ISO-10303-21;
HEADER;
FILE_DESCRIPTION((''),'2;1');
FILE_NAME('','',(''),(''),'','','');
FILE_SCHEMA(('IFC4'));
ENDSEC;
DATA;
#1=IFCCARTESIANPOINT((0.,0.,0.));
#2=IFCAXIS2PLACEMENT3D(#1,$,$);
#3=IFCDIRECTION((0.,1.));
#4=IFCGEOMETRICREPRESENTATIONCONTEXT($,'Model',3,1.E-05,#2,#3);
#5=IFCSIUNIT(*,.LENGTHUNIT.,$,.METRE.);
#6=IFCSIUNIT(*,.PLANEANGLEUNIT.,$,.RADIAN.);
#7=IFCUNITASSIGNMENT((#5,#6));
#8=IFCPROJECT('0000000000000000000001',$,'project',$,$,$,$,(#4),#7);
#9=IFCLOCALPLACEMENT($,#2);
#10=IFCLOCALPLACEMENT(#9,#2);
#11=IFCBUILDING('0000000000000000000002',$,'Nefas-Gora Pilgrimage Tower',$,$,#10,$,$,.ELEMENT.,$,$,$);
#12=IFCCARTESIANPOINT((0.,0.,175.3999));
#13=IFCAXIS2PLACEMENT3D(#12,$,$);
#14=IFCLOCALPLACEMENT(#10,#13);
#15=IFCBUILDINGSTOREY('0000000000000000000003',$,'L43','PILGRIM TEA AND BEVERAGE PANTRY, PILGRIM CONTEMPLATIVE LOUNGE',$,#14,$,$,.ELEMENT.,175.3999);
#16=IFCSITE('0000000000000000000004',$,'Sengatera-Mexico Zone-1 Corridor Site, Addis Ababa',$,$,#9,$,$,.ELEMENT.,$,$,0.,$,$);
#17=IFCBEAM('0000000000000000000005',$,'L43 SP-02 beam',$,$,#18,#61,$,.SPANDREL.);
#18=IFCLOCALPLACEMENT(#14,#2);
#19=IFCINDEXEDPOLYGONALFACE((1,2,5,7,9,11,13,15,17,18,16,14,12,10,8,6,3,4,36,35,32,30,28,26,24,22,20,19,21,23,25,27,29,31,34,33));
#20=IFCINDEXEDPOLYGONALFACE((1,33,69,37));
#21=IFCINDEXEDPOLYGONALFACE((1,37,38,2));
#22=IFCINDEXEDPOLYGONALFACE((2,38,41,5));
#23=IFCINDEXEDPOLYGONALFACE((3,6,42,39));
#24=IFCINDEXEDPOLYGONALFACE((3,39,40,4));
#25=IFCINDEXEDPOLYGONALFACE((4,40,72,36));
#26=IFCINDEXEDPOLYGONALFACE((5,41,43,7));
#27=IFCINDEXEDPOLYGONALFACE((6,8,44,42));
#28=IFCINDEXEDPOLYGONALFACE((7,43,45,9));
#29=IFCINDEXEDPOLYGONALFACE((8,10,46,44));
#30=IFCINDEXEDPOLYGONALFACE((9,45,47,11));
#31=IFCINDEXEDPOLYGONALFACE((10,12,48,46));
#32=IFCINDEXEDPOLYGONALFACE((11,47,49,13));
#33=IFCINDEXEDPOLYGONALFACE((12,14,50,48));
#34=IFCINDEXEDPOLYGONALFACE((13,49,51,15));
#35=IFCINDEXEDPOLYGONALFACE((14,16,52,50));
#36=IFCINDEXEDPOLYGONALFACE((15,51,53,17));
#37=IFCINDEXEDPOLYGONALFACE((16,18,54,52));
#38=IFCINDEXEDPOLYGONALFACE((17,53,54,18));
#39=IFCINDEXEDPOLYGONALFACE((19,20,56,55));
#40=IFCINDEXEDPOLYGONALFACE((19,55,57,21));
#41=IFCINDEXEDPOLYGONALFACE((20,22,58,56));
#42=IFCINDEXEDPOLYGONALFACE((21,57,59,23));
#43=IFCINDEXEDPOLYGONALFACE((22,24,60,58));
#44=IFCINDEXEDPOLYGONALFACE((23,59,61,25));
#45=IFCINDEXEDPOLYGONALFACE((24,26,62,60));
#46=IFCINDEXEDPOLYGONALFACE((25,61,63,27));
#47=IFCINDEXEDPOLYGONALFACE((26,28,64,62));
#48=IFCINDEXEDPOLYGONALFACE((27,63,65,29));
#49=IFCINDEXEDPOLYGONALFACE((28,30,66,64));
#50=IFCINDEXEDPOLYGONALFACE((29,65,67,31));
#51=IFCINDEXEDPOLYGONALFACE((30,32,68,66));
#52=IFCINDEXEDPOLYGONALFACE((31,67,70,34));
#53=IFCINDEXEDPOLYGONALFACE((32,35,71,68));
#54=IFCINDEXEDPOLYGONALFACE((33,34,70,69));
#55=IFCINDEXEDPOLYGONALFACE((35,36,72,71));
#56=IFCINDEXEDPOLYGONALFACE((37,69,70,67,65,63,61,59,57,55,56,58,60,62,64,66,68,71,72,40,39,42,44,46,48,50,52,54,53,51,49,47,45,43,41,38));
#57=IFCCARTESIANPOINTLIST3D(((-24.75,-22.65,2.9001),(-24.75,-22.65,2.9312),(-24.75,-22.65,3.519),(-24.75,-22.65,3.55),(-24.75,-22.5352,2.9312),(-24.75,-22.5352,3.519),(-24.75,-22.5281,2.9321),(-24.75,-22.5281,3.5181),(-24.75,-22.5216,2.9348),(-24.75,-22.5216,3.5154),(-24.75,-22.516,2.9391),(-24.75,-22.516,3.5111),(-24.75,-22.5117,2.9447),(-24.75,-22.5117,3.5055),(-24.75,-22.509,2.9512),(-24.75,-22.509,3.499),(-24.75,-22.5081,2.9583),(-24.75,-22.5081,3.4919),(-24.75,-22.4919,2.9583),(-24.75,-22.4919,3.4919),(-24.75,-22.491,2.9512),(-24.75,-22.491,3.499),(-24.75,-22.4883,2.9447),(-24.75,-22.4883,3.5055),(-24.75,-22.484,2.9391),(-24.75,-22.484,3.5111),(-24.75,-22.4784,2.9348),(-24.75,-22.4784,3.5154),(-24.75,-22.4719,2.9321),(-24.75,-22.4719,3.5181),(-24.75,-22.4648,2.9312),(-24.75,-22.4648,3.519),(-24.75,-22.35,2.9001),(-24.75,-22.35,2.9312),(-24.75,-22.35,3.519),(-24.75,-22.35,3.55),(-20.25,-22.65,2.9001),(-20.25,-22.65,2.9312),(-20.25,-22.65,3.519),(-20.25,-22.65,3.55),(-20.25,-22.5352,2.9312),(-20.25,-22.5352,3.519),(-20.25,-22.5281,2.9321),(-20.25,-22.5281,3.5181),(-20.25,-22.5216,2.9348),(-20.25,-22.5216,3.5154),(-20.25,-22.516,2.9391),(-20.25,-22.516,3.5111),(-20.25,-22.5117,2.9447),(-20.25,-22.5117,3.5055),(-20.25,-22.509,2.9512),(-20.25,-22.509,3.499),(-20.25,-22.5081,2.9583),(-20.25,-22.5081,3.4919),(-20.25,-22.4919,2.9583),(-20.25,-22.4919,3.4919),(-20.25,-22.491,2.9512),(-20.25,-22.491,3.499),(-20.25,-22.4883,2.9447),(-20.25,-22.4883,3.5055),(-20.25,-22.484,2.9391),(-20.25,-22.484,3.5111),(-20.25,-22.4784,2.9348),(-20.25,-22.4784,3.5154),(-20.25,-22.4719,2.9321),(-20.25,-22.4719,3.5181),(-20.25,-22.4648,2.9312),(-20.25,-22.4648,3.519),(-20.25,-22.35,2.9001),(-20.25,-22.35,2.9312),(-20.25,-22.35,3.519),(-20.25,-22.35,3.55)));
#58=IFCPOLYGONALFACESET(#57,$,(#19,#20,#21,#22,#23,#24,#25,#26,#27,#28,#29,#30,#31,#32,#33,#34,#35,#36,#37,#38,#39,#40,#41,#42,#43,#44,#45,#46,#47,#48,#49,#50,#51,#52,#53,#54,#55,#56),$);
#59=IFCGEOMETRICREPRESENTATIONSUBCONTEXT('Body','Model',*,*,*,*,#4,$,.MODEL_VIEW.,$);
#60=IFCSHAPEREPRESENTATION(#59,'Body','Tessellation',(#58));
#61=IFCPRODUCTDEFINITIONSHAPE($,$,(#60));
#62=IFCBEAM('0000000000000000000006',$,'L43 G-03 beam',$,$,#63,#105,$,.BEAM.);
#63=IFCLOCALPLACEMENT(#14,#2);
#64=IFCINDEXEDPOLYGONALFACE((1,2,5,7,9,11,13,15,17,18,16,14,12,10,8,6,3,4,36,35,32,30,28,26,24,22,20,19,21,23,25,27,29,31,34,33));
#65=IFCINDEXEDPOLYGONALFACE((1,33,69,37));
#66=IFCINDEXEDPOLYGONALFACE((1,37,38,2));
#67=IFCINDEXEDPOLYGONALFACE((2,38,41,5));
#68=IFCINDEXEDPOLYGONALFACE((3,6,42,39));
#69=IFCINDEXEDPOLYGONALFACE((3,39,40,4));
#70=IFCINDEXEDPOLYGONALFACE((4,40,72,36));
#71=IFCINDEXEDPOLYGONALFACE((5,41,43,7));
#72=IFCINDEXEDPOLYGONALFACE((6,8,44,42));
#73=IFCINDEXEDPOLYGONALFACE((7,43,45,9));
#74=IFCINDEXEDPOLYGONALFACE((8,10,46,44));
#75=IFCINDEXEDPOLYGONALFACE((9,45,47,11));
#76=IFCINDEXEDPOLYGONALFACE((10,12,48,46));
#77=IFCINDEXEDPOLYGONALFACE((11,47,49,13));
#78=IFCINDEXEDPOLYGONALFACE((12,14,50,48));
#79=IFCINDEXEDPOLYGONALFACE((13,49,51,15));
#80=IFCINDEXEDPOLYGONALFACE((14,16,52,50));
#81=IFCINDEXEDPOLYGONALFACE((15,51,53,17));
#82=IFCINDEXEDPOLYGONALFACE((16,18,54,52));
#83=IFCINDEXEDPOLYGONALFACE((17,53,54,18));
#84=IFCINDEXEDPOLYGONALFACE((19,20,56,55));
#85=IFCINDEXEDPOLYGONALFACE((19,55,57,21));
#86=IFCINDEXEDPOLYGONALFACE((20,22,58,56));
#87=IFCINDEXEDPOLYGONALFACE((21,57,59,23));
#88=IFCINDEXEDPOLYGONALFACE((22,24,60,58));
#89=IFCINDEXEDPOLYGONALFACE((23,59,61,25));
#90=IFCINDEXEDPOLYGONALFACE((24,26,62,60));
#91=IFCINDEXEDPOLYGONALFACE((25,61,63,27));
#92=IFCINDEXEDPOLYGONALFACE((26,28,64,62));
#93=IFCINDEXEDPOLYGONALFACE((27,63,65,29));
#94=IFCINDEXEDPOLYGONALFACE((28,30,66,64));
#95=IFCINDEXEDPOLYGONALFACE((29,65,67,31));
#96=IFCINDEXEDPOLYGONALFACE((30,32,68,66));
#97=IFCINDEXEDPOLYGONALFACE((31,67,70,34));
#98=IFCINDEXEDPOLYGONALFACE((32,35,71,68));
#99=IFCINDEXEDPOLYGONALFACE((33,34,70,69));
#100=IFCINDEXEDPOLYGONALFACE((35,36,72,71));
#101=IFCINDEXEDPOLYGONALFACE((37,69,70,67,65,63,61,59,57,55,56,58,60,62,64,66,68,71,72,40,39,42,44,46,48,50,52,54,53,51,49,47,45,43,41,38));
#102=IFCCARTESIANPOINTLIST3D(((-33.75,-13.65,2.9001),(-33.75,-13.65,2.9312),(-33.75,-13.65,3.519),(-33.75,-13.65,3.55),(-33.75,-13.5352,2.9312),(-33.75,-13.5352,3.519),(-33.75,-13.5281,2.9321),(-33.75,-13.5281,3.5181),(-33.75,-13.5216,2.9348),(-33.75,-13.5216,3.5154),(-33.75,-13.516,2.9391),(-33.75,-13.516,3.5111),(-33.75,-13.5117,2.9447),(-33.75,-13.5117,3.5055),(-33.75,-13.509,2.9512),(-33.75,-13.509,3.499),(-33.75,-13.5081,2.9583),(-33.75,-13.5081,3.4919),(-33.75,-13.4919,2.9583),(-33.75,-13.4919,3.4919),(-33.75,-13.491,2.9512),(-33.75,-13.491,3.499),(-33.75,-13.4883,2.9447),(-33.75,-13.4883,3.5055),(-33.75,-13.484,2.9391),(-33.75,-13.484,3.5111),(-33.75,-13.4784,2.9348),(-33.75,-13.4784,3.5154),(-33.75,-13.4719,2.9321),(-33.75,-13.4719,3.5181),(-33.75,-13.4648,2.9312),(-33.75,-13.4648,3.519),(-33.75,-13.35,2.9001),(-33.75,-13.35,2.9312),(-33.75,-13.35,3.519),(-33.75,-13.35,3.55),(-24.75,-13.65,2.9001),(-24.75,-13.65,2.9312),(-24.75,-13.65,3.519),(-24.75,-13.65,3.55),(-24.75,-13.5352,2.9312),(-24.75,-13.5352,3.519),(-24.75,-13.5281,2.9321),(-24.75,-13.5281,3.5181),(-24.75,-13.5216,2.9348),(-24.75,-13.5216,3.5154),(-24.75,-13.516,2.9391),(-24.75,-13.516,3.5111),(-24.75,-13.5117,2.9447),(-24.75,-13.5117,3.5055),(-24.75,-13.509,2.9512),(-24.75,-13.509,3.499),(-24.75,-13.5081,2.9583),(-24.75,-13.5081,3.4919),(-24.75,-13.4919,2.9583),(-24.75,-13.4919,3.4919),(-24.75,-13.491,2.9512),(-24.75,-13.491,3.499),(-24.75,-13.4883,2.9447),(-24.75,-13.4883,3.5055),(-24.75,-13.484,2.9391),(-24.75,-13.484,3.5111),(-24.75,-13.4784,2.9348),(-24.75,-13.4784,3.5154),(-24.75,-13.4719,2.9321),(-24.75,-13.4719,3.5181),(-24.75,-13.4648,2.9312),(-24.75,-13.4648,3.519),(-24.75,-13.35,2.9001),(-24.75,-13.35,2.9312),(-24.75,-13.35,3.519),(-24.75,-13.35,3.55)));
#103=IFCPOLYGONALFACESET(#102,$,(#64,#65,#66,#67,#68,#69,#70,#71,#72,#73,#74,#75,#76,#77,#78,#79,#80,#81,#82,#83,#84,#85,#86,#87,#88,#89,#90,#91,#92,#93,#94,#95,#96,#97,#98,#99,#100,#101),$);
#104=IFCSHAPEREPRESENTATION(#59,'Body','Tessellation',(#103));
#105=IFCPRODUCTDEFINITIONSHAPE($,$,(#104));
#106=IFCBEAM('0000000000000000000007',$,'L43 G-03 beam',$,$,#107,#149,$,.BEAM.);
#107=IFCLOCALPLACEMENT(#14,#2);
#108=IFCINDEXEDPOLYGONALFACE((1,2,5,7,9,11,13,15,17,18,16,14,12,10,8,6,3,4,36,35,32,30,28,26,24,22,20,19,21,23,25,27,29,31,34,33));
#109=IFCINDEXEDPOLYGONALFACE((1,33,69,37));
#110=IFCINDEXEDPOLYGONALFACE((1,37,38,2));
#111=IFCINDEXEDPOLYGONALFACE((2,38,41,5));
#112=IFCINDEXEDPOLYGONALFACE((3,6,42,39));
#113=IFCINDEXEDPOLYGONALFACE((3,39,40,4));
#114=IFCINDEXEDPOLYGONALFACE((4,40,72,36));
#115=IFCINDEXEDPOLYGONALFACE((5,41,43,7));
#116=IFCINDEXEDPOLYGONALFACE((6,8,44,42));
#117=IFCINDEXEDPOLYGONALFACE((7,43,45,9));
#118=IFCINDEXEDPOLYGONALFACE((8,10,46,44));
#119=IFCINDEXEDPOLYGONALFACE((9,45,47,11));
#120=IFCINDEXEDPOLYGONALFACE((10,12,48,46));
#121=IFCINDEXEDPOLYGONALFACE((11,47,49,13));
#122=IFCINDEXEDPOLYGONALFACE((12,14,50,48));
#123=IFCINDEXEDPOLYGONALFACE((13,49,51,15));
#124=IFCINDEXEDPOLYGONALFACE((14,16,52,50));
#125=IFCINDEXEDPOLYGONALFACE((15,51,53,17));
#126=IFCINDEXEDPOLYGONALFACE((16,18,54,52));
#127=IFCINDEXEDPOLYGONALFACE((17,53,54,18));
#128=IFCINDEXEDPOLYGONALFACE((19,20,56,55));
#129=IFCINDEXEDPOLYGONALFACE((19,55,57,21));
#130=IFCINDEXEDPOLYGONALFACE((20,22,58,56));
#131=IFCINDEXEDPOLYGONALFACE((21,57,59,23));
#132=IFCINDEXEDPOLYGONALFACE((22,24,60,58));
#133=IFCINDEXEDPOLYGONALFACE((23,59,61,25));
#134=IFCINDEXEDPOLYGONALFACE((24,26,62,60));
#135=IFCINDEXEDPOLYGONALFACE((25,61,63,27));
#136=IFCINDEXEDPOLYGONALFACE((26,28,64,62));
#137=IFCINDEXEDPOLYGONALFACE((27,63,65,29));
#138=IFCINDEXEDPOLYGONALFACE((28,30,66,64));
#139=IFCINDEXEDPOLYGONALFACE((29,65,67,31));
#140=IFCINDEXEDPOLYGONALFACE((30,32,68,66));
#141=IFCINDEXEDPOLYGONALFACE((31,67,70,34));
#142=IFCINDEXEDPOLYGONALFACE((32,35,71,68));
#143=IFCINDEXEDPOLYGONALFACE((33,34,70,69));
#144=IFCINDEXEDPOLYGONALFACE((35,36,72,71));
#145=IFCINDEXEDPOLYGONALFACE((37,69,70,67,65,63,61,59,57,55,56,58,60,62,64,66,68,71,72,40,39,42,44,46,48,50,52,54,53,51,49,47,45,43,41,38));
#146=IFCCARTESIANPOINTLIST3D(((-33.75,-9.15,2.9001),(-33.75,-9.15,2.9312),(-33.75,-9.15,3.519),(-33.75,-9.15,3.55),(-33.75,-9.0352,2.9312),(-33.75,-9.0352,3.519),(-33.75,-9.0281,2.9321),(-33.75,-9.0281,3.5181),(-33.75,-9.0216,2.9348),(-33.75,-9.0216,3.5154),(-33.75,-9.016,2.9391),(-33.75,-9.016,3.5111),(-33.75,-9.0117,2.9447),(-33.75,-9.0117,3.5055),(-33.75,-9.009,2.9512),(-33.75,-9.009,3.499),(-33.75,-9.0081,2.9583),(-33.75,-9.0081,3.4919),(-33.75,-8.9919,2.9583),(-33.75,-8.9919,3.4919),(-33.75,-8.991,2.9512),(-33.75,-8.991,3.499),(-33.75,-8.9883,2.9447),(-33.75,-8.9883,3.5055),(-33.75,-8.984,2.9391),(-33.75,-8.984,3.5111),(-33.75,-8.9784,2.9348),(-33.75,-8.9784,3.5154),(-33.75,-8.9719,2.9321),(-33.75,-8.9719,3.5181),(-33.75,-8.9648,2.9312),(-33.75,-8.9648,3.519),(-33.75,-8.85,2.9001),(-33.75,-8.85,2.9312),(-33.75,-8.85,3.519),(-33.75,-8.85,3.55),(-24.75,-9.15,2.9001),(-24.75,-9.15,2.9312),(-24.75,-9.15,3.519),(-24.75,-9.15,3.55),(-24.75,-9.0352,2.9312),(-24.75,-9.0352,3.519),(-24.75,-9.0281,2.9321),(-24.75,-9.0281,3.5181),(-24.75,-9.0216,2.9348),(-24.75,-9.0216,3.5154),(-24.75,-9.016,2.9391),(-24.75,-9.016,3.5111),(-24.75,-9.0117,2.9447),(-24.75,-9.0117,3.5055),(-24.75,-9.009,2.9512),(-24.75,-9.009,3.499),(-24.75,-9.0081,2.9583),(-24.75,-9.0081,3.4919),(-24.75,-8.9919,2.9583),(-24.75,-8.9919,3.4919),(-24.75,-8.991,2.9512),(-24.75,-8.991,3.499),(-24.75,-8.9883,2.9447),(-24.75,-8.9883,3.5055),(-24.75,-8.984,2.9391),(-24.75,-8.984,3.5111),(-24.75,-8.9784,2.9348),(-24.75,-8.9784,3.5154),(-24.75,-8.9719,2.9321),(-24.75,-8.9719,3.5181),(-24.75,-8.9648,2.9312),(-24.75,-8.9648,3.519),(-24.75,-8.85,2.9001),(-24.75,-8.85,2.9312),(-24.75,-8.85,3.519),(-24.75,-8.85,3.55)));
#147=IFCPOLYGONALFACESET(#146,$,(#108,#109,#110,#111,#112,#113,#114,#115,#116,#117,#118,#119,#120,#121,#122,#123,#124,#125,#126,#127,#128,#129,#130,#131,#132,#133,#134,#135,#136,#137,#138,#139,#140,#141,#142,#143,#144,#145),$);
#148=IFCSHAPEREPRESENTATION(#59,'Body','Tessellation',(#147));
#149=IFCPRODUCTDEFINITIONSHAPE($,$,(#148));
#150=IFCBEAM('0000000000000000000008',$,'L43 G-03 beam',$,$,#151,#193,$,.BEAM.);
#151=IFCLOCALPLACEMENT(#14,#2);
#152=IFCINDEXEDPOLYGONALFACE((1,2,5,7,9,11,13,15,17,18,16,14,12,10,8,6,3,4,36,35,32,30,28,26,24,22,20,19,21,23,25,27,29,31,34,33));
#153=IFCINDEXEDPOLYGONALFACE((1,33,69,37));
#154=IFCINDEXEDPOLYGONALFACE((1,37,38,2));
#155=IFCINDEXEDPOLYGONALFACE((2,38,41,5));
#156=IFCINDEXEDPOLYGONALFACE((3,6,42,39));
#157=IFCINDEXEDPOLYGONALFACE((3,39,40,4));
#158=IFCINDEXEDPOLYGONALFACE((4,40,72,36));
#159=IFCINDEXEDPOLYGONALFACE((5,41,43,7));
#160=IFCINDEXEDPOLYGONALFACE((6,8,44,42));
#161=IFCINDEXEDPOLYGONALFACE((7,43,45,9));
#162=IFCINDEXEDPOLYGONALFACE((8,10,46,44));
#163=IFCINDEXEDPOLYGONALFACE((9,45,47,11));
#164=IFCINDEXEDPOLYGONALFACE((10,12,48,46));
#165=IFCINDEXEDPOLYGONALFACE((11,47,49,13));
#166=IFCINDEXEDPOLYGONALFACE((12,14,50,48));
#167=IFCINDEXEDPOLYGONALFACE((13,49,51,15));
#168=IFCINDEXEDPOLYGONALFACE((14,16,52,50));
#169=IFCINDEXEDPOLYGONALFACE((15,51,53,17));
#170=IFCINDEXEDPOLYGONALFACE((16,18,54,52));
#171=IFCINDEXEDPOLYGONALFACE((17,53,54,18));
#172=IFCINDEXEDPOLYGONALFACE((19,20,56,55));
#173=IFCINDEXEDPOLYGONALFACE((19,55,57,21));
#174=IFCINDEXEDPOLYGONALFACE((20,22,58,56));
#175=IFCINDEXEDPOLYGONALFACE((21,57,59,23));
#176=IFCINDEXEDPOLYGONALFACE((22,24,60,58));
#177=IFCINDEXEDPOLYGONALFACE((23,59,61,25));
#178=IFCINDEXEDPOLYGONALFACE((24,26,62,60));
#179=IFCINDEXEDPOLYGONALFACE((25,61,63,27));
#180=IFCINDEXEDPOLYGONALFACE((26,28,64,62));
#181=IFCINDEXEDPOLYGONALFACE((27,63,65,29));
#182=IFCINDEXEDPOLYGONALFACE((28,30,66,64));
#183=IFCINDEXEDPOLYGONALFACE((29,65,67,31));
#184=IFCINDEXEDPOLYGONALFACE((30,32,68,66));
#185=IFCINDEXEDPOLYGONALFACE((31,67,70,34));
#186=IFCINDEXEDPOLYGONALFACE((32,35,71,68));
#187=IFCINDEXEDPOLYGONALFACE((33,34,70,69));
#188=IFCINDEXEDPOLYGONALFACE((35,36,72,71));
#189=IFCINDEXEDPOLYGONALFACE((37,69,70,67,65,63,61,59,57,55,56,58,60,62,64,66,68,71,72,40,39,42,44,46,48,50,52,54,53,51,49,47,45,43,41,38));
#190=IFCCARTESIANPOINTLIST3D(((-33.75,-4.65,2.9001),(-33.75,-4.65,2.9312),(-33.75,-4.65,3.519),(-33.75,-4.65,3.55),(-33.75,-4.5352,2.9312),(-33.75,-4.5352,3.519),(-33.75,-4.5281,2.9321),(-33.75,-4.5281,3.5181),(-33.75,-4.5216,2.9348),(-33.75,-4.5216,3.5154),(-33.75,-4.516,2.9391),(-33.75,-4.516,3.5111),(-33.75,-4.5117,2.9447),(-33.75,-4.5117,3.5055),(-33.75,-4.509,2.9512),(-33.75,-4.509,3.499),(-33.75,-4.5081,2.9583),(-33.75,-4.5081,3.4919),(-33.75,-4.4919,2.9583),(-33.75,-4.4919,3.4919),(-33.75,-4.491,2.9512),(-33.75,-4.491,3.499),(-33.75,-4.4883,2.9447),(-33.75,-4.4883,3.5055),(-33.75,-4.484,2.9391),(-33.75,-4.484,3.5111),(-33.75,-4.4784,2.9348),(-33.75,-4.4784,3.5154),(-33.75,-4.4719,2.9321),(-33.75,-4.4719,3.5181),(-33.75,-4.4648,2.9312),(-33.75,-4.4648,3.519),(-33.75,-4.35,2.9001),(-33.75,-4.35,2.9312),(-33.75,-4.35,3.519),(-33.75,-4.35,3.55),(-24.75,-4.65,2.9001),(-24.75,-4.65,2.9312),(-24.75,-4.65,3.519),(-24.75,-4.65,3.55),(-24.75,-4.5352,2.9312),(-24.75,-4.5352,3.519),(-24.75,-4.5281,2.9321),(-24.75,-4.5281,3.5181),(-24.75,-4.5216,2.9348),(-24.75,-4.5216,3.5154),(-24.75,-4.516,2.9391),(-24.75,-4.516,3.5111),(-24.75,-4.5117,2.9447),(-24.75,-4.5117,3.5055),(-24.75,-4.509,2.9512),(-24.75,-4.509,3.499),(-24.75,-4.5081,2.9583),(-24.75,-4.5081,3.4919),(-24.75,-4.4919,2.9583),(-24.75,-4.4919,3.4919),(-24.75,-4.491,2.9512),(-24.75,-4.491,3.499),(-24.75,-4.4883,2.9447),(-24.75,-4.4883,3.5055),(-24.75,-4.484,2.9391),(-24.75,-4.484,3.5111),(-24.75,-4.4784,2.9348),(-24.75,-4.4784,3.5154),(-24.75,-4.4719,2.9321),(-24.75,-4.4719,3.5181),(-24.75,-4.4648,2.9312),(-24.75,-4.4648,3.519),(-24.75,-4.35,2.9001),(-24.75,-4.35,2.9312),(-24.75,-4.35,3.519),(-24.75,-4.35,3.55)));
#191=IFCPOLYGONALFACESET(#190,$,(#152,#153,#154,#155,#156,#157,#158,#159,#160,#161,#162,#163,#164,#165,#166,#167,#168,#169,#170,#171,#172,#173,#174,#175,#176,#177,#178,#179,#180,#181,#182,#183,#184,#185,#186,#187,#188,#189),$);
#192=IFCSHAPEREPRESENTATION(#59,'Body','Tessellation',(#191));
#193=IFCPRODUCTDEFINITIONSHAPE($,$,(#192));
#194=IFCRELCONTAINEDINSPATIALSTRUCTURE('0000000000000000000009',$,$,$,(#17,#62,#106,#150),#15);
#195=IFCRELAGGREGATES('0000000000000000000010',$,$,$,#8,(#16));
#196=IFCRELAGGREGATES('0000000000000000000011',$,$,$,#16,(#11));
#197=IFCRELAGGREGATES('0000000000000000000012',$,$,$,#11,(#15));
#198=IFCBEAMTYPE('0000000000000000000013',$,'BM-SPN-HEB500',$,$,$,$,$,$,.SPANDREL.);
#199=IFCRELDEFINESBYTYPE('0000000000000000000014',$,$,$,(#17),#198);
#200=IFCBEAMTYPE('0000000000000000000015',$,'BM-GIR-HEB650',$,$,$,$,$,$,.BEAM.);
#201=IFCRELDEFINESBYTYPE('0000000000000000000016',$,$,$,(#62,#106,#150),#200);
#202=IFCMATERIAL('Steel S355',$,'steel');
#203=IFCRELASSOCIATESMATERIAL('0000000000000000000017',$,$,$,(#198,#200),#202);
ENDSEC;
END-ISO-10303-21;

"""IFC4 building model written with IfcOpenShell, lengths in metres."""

from ifc_helpers import new_model, si_unit, direction, frame, origin, origin_2d, place, context, subcontext, project, spatial, i_section, extrude, source, transform, mapped, material, material_profile, profile_set, type_object, element, save


model = new_model("IFC4")

# Units and contexts
model_context = context("Model", 3, precision=1e-05, world=origin(), true_north=direction((0.0, 1.0)))
body_context = subcontext(model_context, "Body", "Model", "MODEL_VIEW")
ifc_project = project(units=[si_unit("LENGTHUNIT", "METRE"), si_unit("PLANEANGLEUNIT", "RADIAN")], contexts=[model_context])

# Site, building, storey
site_placement = place(None, origin())
site = spatial("IfcSite", under=ifc_project, at=site_placement, Name="Sengatera-Mexico Zone-1 Corridor Site, Addis Ababa", CompositionType="ELEMENT", RefElevation=0.0)
building_placement = place(site_placement, origin())
building = spatial("IfcBuilding", under=site, at=building_placement, Name="Nefas-Gora Pilgrimage Tower", CompositionType="ELEMENT")
storey_placement = place(building_placement, frame((0.0, 0.0, 175.3999)))
storey = spatial("IfcBuildingStorey", under=building, at=storey_placement, Name="L43", Description="PILGRIM TEA AND BEVERAGE PANTRY, PILGRIM CONTEMPLATIVE LOUNGE", CompositionType="ELEMENT", Elevation=175.3999)

# Beams
ifc_material_1 = material(Name="Steel S355", Category="steel")
ifc_material_profile_1 = material_profile(ifc_material_1, i_section(OverallWidth=0.3, OverallDepth=0.6499, WebThickness=0.0161, FlangeThickness=0.031, FilletRadius=0.0271, at=origin_2d()), Name="HEB 650")
ifc_profile_set_1 = profile_set([ifc_material_profile_1], Name="Steel S355")
beam_type_1 = type_object("IfcBeamType", Name="BM-SPN-HEB500", PredefinedType="SPANDREL", material=ifc_profile_set_1)
shared_shape_1 = source(origin(), body_context, "Body", "SweptSolid", [
    extrude(i_section(OverallWidth=0.3, OverallDepth=0.6499, WebThickness=0.0161, FlangeThickness=0.031, FilletRadius=0.0271, at=origin_2d()), origin(), (0.0, 0.0, 1.0), 4.5),
])
for number, where, z_axis, x_axis, name in (
    (1, (-24.75, -22.5, 3.2251), (1.0, 0.0, 0.0), (0.0, 1.0, 0.0), "L43 SP-02 beam"),
):
    element("IfcBeam", number, at=place(storey_placement, frame(where, z_axis=z_axis, x_axis=x_axis)), inside=storey, type_object=beam_type_1, Name=name, PredefinedType="SPANDREL", context=body_context, shape_type="MappedRepresentation", body=[
        mapped(shared_shape_1, transform((0.0, 0.0, 0.0), x_axis=(1.0, 0.0, 0.0), y_axis=(0.0, 1.0, 0.0), z_axis=(0.0, 0.0, 1.0), scale=1.0)),
    ])
ifc_material_profile_2 = material_profile(ifc_material_1, i_section(OverallWidth=0.3, OverallDepth=0.6499, WebThickness=0.0161, FlangeThickness=0.031, FilletRadius=0.0271, at=origin_2d()), Name="HEB 650")
ifc_profile_set_2 = profile_set([ifc_material_profile_2], Name="Steel S355")
beam_type_2 = type_object("IfcBeamType", Name="BM-GIR-HEB650", PredefinedType="BEAM", material=ifc_profile_set_2)
shared_shape_2 = source(origin(), body_context, "Body", "SweptSolid", [
    extrude(i_section(OverallWidth=0.3, OverallDepth=0.6499, WebThickness=0.0161, FlangeThickness=0.031, FilletRadius=0.0271, at=origin_2d()), origin(), (0.0, 0.0, 1.0), 9.0),
])
for number, where, z_axis, x_axis, name in (
    (2, (-33.75, -13.5, 3.2251), (1.0, 0.0, 0.0), (0.0, 1.0, 0.0), "L43 G-03 beam"),
    (3, (-33.75, -9.0, 3.2251), (1.0, 0.0, 0.0), (0.0, 1.0, 0.0), "L43 G-03 beam"),
    (4, (-33.75, -4.5, 3.2251), (1.0, 0.0, 0.0), (0.0, 1.0, 0.0), "L43 G-03 beam"),
):
    element("IfcBeam", number, at=place(storey_placement, frame(where, z_axis=z_axis, x_axis=x_axis)), inside=storey, type_object=beam_type_2, Name=name, PredefinedType="BEAM", context=body_context, shape_type="MappedRepresentation", body=[
        mapped(shared_shape_2, transform((0.0, 0.0, 0.0), x_axis=(1.0, 0.0, 0.0), y_axis=(0.0, 1.0, 0.0), z_axis=(0.0, 0.0, 1.0), scale=1.0)),
    ])

save(model, "model.ifc")
